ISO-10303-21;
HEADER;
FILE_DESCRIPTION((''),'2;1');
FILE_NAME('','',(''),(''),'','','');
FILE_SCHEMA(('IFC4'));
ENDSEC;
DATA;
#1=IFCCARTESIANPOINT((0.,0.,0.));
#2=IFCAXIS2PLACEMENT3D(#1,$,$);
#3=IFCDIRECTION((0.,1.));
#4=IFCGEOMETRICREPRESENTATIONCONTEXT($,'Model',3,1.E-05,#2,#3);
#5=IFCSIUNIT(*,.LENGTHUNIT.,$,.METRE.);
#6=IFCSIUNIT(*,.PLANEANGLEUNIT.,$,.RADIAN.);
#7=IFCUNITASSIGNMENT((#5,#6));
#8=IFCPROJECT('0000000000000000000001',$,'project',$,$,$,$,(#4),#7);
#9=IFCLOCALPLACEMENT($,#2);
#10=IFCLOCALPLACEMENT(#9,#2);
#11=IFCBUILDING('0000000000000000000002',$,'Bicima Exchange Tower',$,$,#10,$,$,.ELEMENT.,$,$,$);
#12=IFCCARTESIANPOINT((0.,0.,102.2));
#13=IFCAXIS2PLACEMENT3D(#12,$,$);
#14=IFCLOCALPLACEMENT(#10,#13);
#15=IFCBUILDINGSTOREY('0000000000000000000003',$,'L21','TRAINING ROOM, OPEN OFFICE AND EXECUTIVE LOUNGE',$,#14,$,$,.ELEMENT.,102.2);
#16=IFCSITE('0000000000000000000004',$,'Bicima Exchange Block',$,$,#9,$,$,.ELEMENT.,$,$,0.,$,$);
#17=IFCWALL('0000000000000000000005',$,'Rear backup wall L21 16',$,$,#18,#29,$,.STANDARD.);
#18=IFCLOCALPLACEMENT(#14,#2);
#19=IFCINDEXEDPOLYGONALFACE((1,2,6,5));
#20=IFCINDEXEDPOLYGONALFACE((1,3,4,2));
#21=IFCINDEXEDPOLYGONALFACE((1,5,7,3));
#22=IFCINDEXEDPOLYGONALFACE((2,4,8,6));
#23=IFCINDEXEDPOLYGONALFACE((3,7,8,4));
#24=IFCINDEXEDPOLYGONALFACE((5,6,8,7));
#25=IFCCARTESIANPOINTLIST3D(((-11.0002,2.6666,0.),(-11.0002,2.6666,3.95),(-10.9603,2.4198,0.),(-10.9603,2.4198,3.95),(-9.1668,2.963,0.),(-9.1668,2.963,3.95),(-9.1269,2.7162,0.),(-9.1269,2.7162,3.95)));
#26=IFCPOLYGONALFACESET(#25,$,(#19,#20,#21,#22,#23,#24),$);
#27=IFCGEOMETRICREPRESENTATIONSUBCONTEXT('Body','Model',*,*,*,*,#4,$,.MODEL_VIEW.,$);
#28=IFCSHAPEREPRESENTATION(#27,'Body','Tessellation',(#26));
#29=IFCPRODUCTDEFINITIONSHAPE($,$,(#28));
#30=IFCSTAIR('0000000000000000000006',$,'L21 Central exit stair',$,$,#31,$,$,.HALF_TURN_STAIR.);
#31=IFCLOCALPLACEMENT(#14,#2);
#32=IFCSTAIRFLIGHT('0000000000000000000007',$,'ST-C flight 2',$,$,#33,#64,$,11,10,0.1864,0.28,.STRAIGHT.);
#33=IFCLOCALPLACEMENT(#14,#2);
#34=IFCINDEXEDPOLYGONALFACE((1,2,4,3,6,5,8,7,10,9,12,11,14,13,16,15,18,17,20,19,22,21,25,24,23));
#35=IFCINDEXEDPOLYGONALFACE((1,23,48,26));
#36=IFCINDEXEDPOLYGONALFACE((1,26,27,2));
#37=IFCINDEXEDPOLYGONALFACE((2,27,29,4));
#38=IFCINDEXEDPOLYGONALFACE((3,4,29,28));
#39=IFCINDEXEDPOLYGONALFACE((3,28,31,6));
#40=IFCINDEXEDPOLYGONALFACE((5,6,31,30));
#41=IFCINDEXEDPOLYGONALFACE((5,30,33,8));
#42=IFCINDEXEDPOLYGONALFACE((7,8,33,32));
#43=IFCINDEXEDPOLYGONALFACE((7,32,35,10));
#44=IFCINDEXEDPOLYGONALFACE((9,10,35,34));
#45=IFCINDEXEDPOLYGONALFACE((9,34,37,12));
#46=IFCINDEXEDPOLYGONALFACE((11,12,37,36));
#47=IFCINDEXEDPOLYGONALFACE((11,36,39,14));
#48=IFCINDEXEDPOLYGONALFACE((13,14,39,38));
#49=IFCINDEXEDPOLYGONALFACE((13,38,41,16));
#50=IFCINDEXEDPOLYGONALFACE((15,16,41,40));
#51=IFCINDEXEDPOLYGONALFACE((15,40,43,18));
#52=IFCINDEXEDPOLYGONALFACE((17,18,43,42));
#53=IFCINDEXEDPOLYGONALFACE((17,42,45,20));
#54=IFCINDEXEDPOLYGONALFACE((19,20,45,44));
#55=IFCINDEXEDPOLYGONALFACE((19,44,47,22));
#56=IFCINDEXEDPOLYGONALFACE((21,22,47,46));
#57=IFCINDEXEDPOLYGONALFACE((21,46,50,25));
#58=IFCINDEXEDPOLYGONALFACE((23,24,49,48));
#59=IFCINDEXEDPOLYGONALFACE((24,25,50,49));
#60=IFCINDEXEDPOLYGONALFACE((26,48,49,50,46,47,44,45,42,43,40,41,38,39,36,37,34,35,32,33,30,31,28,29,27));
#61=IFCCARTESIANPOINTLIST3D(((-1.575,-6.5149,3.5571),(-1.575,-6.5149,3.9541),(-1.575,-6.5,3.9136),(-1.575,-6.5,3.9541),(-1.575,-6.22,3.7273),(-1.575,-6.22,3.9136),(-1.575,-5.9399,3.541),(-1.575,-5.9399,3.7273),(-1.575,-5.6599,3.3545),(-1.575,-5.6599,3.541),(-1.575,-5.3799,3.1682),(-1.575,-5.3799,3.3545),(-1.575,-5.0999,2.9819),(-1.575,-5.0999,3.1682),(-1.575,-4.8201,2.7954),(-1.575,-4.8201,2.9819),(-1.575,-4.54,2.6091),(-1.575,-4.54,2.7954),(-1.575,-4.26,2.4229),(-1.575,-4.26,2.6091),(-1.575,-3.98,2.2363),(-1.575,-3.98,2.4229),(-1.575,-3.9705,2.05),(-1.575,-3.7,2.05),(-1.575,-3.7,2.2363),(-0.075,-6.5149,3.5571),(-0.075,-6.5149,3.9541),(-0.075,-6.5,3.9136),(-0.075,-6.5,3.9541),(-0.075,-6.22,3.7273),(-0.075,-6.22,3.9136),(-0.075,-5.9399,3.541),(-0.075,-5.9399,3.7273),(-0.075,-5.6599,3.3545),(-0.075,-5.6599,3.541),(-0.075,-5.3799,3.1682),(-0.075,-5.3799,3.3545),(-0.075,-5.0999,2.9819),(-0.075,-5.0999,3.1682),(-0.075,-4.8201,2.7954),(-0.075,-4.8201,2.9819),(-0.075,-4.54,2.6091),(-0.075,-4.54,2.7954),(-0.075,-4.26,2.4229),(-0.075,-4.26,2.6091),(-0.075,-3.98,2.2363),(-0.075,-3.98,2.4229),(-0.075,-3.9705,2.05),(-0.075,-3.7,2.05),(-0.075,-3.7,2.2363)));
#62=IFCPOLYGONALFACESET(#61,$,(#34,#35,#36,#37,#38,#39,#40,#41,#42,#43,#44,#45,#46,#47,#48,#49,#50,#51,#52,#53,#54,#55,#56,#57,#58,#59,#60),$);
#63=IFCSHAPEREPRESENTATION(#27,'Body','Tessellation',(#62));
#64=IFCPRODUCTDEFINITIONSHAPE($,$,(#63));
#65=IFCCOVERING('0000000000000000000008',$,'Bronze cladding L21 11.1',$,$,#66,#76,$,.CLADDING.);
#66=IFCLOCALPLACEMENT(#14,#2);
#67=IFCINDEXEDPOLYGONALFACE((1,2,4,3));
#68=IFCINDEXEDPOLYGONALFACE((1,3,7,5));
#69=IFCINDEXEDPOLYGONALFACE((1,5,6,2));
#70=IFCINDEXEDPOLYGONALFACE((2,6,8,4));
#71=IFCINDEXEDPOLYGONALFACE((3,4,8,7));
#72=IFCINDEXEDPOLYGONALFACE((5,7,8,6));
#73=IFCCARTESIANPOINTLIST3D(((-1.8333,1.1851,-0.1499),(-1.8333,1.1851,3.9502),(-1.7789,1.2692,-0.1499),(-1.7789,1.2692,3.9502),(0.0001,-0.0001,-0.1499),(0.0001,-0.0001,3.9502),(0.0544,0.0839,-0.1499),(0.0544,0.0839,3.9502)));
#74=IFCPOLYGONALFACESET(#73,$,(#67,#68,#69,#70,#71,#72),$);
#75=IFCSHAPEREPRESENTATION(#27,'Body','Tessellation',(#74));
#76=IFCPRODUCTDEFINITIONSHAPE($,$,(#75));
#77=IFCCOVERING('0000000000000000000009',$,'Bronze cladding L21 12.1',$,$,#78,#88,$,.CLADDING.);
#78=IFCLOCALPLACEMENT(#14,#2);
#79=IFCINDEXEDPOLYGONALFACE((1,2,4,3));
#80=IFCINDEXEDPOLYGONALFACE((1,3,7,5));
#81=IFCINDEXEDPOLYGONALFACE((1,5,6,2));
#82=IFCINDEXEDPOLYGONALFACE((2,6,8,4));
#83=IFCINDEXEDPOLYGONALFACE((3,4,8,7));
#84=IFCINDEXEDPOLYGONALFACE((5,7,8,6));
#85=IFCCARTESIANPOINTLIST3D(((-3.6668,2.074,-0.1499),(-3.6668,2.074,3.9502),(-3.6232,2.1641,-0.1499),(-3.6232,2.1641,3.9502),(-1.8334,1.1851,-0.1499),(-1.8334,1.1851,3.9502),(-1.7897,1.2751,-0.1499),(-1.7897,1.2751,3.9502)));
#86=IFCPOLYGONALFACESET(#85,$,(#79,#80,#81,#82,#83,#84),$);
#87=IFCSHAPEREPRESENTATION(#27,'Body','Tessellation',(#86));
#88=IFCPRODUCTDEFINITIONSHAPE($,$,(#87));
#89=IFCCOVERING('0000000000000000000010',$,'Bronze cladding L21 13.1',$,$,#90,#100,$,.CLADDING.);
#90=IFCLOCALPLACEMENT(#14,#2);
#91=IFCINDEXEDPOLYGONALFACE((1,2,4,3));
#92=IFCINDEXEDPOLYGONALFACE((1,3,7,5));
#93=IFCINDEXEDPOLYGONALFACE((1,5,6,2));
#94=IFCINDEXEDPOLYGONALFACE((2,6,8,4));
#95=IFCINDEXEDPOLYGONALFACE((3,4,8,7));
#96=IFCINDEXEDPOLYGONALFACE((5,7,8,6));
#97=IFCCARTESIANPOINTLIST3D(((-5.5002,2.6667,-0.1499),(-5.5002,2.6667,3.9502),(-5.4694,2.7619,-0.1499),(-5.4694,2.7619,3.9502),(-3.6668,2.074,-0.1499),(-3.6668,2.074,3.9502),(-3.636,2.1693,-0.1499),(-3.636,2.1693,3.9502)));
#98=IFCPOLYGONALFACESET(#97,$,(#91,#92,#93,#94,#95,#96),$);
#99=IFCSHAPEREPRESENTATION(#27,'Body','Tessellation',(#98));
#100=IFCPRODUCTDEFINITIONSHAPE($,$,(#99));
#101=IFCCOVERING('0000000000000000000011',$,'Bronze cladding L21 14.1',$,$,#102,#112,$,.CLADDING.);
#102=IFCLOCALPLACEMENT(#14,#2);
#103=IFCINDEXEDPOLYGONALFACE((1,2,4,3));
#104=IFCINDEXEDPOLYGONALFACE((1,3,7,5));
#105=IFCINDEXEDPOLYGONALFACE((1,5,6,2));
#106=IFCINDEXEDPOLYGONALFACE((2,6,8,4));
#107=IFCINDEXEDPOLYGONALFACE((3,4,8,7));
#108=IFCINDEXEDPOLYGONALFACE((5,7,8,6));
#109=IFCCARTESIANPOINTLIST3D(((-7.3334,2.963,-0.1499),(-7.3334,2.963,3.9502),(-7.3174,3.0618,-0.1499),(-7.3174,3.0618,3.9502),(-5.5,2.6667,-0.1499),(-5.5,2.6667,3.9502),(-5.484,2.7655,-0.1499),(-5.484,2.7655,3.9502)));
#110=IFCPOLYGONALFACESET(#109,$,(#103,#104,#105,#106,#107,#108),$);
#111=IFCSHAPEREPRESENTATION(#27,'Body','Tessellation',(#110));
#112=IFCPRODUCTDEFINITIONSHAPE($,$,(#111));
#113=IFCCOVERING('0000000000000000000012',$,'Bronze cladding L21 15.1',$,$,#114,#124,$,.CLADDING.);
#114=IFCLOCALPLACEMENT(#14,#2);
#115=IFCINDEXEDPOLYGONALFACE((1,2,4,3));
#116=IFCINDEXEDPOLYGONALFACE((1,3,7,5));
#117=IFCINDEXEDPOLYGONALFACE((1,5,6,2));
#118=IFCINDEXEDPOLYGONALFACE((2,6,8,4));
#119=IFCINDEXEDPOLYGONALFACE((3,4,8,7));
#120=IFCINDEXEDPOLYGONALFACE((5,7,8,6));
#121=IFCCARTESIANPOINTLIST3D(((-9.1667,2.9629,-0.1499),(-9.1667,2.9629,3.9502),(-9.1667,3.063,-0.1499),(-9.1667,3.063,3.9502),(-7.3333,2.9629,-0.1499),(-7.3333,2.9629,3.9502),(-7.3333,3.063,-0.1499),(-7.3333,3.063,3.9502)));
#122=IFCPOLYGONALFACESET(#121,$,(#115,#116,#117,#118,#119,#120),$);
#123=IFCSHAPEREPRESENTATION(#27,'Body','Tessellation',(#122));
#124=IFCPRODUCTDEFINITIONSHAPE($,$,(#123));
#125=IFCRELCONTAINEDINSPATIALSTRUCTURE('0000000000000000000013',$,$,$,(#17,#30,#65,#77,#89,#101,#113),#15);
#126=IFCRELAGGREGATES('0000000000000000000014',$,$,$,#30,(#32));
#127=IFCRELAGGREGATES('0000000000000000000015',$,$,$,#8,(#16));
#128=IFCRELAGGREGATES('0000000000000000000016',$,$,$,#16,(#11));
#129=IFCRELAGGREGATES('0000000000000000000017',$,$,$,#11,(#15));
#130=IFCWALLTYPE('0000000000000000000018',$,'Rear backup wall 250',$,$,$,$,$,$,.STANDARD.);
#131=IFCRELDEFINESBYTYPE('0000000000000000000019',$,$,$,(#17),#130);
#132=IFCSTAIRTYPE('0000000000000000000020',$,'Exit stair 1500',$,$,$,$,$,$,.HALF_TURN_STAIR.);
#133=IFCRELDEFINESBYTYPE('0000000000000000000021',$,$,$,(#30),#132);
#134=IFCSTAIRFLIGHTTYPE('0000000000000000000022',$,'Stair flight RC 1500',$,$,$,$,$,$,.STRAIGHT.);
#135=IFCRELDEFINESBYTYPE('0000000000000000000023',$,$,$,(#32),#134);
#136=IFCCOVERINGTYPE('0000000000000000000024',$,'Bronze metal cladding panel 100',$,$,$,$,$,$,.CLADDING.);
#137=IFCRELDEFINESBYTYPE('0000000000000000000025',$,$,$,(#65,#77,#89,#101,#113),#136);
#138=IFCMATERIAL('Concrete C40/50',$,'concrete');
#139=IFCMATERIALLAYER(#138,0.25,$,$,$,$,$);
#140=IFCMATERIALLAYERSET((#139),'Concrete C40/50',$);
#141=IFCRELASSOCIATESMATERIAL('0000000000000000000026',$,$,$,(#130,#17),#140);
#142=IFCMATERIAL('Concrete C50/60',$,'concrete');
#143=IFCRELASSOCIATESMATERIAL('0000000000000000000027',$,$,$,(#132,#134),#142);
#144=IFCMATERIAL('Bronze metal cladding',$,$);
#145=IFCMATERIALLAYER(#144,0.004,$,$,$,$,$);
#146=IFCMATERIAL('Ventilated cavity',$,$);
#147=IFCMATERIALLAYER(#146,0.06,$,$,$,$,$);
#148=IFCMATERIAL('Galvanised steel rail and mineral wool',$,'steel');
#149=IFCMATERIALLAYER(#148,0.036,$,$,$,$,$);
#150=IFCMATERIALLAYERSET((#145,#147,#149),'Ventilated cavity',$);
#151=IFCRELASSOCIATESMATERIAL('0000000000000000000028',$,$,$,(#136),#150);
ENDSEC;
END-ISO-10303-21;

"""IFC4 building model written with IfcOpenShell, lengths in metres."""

from ifc_helpers import new_model, si_unit, direction, frame, frame_2d, origin, origin_2d, place, context, subcontext, project, spatial, polyline, rectangle, outline, extrude, material, layer, layer_set, layer_usage, type_object, element, aggregate, save


model = new_model("IFC4")

# Units and contexts
model_context = context("Model", 3, precision=1e-05, world=origin(), true_north=direction((0.0, 1.0)))
body_context = subcontext(model_context, "Body", "Model", "MODEL_VIEW")
ifc_project = project(units=[si_unit("LENGTHUNIT", "METRE"), si_unit("PLANEANGLEUNIT", "RADIAN")], contexts=[model_context])

# Site, building, storey
site_placement = place(None, origin())
site = spatial("IfcSite", under=ifc_project, at=site_placement, Name="Bicima Exchange Block", CompositionType="ELEMENT", RefElevation=0.0)
building_placement = place(site_placement, origin())
building = spatial("IfcBuilding", under=site, at=building_placement, Name="Bicima Exchange Tower", CompositionType="ELEMENT")
storey_placement = place(building_placement, frame((0.0, 0.0, 102.2)))
storey = spatial("IfcBuildingStorey", under=building, at=storey_placement, Name="L21", Description="TRAINING ROOM, OPEN OFFICE AND EXECUTIVE LOUNGE", CompositionType="ELEMENT", Elevation=102.2)

# Shared definitions
ifc_material_1 = material(Name="Concrete C40/50", Category="concrete")

# Shared definitions
ifc_material_2 = material(Name="Concrete C50/60", Category="concrete")

# Wall
ifc_layer_1 = layer(ifc_material_1, 0.25)
ifc_layer_set_1 = layer_set([ifc_layer_1], Name="Concrete C40/50")
ifc_layer_usage = layer_usage(ifc_layer_set_1, "AXIS2", "POSITIVE", -0.125)
wall_type_1 = type_object("IfcWallType", Name="Rear backup wall 250", PredefinedType="STANDARD", material=ifc_layer_set_1)
wall_1_placement = place(storey_placement, frame((-9.1467, 2.8396, 0.0), z_axis=(0.0, 0.0, 1.0), x_axis=(-0.987182, -0.1596, 0.0)))
element("IfcWall", 1, at=wall_1_placement, inside=storey, type_object=wall_type_1, material=ifc_layer_usage, Name="Rear backup wall L21 16", PredefinedType="STANDARD", context=body_context, shape_type="SweptSolid", body=[
    extrude(rectangle(XDim=1.8572, YDim=0.25, at=frame_2d((0.9287, 0.0))), origin(), (0.0, 0.0, 1.0), 3.95),
])

# Stair, stair flight
stair_type = type_object("IfcStairType", Name="Exit stair 1500", PredefinedType="HALF_TURN_STAIR", material=ifc_material_2)
stair_placement = place(storey_placement, origin())
stair = element("IfcStair", 2, at=stair_placement, inside=storey, type_object=stair_type, Name="L21 Central exit stair", PredefinedType="HALF_TURN_STAIR")
stair_flight_type = type_object("IfcStairFlightType", Name="Stair flight RC 1500", PredefinedType="STRAIGHT", material=ifc_material_2)
stair_flight_placement = place(storey_placement, frame((-0.825, -3.7, 2.05), z_axis=(0.0, 0.0, 1.0), x_axis=(0.0, -1.0, 0.0)))
stair_flight = element("IfcStairFlight", 3, at=stair_flight_placement, type_object=stair_flight_type, Name="ST-C flight 2", NumberOfRisers=11, NumberOfTreads=10, PredefinedType="STRAIGHT", RiserHeight=0.1864, TreadLength=0.28, context=body_context, shape_type="SweptSolid", body=[
    extrude(outline(polyline([(0.0, 0.0), (0.0, 0.1863), (0.28, 0.1863), (0.28, 0.3728), (0.5601, 0.3728), (0.5601, 0.5591), (0.8401, 0.5591), (0.8401, 0.7454), (1.1201, 0.7454), (1.1201, 0.9319), (1.3999, 0.9319), (1.3999, 1.1182), (1.6799, 1.1182), (1.6799, 1.3044), (1.96, 1.3044), (1.96, 1.491), (2.24, 1.491), (2.24, 1.6772), (2.52, 1.6772), (2.52, 1.8635), (2.8, 1.8635), (2.8, 1.9041), (2.8149, 1.9041), (2.8149, 1.5071), (0.2705, 0.0), (0.0, 0.0)])), frame((0.0, 0.75, 0.0), z_axis=(0.0, -1.0, 0.0), x_axis=(1.0, 0.0, 0.0)), (0.0, 0.0, 1.0), 1.5),
])
aggregate(stair, [stair_flight])

# Coverings
ifc_material_3 = material(Name="Bronze metal cladding")
ifc_layer_2 = layer(ifc_material_3, 0.004)
ifc_material_4 = material(Name="Ventilated cavity")
ifc_layer_3 = layer(ifc_material_4, 0.06)
ifc_material_5 = material(Name="Galvanised steel rail and mineral wool", Category="steel")
ifc_layer_4 = layer(ifc_material_5, 0.036)
ifc_layer_set_2 = layer_set([ifc_layer_2, ifc_layer_3, ifc_layer_4], Name="Ventilated cavity")
covering_type = type_object("IfcCoveringType", Name="Bronze metal cladding panel 100", PredefinedType="CLADDING", material=ifc_layer_set_2)
covering_1_placement = place(storey_placement, frame((-0.8894, 0.6345, -0.1499), z_axis=(0.0, 0.0, 1.0), x_axis=(-0.83979, 0.542911, 0.0)))
element("IfcCovering", 4, at=covering_1_placement, inside=storey, type_object=covering_type, Name="Bronze cladding L21 11.1", PredefinedType="CLADDING", context=body_context, shape_type="SweptSolid", body=[
    extrude(rectangle(XDim=2.1831, YDim=0.1001, at=origin_2d()), origin(), (0.0, 0.0, 1.0), 4.1001),
])
covering_2_placement = place(storey_placement, frame((-2.7283, 1.6746, -0.1499), z_axis=(0.0, 0.0, 1.0), x_axis=(-0.899818, 0.436265, 0.0)))
element("IfcCovering", 5, at=covering_2_placement, inside=storey, type_object=covering_type, Name="Bronze cladding L21 12.1", PredefinedType="CLADDING", context=body_context, shape_type="SweptSolid", body=[
    extrude(rectangle(XDim=2.0376, YDim=0.1001, at=origin_2d()), origin(), (0.0, 0.0, 1.0), 4.1001),
])
covering_3_placement = place(storey_placement, frame((-4.5681, 2.418, -0.1499), z_axis=(0.0, 0.0, 1.0), x_axis=(-0.951525, 0.307573, 0.0)))
element("IfcCovering", 6, at=covering_3_placement, inside=storey, type_object=covering_type, Name="Bronze cladding L21 13.1", PredefinedType="CLADDING", context=body_context, shape_type="SweptSolid", body=[
    extrude(rectangle(XDim=1.9268, YDim=0.1001, at=origin_2d()), origin(), (0.0, 0.0, 1.0), 4.1001),
])
covering_4_placement = place(storey_placement, frame((-6.4087, 2.8643, -0.1499), z_axis=(0.0, 0.0, 1.0), x_axis=(-0.98719, 0.15955, 0.0)))
element("IfcCovering", 7, at=covering_4_placement, inside=storey, type_object=covering_type, Name="Bronze cladding L21 14.1", PredefinedType="CLADDING", context=body_context, shape_type="SweptSolid", body=[
    extrude(rectangle(XDim=1.8572, YDim=0.1001, at=origin_2d()), origin(), (0.0, 0.0, 1.0), 4.1001),
])
covering_5_placement = place(storey_placement, frame((-8.25, 3.0129, -0.1499), z_axis=(0.0, 0.0, 1.0), x_axis=(-1.0, 0.0, 0.0)))
element("IfcCovering", 8, at=covering_5_placement, inside=storey, type_object=covering_type, Name="Bronze cladding L21 15.1", PredefinedType="CLADDING", context=body_context, shape_type="SweptSolid", body=[
    extrude(rectangle(XDim=1.8335, YDim=0.1001, at=origin_2d()), origin(), (0.0, 0.0, 1.0), 4.1001),
])

save(model, "model.ifc")
